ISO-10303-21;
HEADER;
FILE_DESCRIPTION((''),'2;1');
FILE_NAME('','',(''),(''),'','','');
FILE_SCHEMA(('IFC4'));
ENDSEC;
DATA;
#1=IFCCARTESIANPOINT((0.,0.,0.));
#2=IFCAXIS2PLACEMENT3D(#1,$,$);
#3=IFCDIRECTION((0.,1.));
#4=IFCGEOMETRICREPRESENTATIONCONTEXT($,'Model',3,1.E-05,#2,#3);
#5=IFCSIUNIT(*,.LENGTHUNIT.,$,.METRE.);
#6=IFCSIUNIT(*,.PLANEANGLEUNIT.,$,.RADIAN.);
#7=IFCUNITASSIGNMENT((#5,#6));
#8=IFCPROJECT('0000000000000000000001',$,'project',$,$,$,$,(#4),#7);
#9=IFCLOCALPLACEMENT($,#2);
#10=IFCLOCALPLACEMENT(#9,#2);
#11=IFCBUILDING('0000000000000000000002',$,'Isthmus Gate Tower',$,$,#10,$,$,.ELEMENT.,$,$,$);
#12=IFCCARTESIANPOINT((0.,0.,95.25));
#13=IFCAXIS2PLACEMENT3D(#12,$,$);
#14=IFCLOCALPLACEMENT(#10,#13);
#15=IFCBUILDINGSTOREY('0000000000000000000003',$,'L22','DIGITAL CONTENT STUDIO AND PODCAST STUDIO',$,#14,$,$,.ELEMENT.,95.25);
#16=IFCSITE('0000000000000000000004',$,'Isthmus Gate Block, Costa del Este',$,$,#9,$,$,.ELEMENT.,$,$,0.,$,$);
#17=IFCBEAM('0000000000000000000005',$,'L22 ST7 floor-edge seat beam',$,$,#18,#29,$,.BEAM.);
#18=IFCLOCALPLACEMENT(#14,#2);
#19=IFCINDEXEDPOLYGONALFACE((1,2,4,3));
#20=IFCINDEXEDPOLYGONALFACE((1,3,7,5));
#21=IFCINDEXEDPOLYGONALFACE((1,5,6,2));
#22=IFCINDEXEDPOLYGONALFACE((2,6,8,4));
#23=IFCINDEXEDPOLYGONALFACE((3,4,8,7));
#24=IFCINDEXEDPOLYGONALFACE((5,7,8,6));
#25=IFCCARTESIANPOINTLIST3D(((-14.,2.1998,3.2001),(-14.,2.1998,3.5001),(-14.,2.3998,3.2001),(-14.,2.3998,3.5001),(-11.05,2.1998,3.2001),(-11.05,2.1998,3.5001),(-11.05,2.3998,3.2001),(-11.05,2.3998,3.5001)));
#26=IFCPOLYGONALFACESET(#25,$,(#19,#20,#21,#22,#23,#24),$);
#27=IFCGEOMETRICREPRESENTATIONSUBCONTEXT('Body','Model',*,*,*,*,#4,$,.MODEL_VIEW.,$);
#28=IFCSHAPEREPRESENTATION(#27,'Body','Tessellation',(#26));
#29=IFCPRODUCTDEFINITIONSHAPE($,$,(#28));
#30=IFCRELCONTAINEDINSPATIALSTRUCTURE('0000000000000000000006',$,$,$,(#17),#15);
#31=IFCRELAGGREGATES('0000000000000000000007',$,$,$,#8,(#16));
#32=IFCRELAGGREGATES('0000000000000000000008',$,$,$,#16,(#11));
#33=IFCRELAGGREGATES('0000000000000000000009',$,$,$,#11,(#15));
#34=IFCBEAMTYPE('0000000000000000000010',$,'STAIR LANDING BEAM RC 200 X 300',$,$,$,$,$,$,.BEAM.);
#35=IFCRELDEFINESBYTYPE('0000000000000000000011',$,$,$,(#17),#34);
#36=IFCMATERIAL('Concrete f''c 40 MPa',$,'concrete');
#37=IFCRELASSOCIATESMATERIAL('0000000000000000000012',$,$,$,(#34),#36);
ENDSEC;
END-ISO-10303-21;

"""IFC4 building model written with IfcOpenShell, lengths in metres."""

from ifc_helpers import new_model, si_unit, direction, frame, origin, origin_2d, place, context, subcontext, project, spatial, rectangle, extrude, material, material_profile, profile_set, type_object, element, save


model = new_model("IFC4")

# Units and contexts
model_context = context("Model", 3, precision=1e-05, world=origin(), true_north=direction((0.0, 1.0)))
body_context = subcontext(model_context, "Body", "Model", "MODEL_VIEW")
ifc_project = project(units=[si_unit("LENGTHUNIT", "METRE"), si_unit("PLANEANGLEUNIT", "RADIAN")], contexts=[model_context])

# Site, building, storey
site_placement = place(None, origin())
site = spatial("IfcSite", under=ifc_project, at=site_placement, Name="Isthmus Gate Block, Costa del Este", CompositionType="ELEMENT", RefElevation=0.0)
building_placement = place(site_placement, origin())
building = spatial("IfcBuilding", under=site, at=building_placement, Name="Isthmus Gate Tower", CompositionType="ELEMENT")
storey_placement = place(building_placement, frame((0.0, 0.0, 95.25)))
storey = spatial("IfcBuildingStorey", under=building, at=storey_placement, Name="L22", Description="DIGITAL CONTENT STUDIO AND PODCAST STUDIO", CompositionType="ELEMENT", Elevation=95.25)

# Beam
ifc_material_1 = material(Name="Concrete f'c 40 MPa", Category="concrete")
ifc_material_profile = material_profile(ifc_material_1, rectangle(XDim=0.2, YDim=0.3, at=origin_2d()), Name="STAIR LANDING BEAM RC 200 X 300")
ifc_profile_set = profile_set([ifc_material_profile], Name="Concrete f'c 40 MPa")
beam_type = type_object("IfcBeamType", Name="STAIR LANDING BEAM RC 200 X 300", PredefinedType="BEAM", material=ifc_profile_set)
beam_placement = place(storey_placement, frame((-14.0, 2.2998, 3.3501), z_axis=(1.0, 0.0, 0.0), x_axis=(0.0, 1.0, 0.0)))
element("IfcBeam", 1, at=beam_placement, inside=storey, type_object=beam_type, Name="L22 ST7 floor-edge seat beam", PredefinedType="BEAM", context=body_context, shape_type="SweptSolid", body=[
    extrude(rectangle(XDim=0.2, YDim=0.3, at=origin_2d()), origin(), (0.0, 0.0, 1.0), 2.95),
])

save(model, "model.ifc")
